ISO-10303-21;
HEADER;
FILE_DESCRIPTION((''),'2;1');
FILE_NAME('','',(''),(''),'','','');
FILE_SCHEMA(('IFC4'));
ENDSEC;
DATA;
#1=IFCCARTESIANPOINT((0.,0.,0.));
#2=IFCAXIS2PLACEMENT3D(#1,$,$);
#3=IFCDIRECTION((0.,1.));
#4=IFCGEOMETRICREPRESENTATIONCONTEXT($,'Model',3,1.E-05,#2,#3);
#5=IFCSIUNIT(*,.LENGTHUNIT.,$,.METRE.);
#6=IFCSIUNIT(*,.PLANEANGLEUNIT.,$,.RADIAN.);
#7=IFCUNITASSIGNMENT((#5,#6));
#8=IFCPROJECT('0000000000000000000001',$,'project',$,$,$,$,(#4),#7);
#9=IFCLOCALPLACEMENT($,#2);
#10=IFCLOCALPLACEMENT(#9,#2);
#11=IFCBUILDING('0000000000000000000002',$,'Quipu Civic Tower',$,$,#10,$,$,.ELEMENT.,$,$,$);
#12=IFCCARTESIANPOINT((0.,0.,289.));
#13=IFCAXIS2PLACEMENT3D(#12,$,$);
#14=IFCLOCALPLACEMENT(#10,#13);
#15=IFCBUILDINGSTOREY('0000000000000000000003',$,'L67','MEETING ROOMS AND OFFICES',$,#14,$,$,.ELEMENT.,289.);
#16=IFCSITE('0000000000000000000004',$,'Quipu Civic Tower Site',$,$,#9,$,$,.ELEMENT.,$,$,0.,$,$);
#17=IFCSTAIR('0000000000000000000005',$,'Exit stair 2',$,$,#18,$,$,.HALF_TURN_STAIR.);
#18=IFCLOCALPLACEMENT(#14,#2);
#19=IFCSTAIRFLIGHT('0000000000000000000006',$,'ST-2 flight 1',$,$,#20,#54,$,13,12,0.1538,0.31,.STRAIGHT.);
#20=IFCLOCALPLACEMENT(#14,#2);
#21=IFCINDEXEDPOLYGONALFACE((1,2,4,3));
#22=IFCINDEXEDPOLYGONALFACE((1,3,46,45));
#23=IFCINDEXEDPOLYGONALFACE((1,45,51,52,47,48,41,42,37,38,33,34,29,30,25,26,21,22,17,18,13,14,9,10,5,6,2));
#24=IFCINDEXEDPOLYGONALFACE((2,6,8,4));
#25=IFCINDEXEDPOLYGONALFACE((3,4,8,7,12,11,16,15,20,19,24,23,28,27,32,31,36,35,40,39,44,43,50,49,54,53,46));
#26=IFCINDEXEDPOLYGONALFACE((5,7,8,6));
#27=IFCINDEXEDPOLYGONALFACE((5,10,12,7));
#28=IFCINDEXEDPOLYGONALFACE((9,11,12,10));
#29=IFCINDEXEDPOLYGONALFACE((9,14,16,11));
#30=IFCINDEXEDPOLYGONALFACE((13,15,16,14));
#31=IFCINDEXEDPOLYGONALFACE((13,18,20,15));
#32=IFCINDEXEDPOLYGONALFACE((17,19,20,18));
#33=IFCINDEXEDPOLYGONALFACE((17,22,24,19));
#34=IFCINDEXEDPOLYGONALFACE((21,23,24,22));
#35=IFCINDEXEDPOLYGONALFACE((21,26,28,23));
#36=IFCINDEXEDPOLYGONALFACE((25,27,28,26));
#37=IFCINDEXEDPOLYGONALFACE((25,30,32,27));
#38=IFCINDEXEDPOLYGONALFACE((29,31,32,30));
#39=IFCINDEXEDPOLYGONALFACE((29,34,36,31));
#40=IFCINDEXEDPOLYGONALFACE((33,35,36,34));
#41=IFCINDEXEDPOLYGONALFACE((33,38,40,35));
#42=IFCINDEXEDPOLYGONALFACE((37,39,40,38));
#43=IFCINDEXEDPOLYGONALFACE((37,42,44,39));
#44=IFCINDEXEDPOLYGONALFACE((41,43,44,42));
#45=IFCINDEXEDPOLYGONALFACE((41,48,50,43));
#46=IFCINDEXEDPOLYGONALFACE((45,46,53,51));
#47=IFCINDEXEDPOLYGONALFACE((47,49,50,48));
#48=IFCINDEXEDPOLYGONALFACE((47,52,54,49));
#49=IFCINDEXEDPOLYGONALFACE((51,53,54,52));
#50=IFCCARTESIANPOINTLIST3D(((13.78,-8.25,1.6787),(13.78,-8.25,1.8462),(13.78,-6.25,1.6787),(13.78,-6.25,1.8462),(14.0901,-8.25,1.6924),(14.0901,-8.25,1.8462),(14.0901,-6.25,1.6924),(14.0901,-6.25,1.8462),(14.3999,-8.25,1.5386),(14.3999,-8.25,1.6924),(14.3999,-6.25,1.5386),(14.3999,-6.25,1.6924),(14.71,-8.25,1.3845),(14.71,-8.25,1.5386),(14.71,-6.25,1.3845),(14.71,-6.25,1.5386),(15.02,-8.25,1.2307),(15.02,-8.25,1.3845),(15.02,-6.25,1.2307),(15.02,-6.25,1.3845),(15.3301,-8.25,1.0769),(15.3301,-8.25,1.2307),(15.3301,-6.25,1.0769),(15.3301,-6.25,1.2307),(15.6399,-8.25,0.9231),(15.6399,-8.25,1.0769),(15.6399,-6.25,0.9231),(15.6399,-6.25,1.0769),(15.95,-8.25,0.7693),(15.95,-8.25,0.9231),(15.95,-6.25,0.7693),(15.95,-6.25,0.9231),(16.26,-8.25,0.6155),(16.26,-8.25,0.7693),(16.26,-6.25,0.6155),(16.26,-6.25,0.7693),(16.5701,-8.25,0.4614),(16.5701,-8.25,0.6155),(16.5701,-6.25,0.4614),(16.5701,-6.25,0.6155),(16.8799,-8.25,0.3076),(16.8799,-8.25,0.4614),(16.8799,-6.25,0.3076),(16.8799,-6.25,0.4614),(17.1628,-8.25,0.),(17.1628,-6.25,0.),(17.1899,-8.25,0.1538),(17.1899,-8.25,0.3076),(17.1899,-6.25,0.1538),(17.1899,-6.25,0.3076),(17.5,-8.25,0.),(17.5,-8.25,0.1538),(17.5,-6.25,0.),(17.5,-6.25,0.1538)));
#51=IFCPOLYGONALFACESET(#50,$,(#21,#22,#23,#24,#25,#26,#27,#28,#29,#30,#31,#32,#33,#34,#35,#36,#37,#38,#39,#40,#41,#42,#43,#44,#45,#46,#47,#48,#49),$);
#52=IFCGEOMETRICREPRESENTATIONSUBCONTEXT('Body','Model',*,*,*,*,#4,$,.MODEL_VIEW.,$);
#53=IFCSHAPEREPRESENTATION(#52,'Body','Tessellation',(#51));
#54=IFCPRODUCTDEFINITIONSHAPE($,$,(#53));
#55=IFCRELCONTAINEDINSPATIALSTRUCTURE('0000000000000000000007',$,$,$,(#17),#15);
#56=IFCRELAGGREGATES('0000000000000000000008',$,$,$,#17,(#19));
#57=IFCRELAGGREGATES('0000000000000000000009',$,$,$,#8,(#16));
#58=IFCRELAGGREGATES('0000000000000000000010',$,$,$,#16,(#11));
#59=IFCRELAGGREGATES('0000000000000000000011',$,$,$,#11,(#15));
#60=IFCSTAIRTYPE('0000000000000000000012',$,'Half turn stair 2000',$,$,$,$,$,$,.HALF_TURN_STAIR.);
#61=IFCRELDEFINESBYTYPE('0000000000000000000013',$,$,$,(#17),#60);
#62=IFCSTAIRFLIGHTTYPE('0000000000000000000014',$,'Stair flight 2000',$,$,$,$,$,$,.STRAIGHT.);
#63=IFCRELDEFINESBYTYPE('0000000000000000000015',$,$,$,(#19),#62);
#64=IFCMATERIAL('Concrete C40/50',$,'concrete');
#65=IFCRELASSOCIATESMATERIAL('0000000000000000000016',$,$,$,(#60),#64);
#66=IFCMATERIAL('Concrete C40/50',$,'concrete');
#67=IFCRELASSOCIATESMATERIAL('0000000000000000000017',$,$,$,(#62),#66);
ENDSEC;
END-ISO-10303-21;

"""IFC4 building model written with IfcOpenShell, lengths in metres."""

from ifc_helpers import new_model, si_unit, direction, frame, origin, place, context, subcontext, project, spatial, polyline, outline, extrude, material, type_object, element, aggregate, save


model = new_model("IFC4")

# Units and contexts
model_context = context("Model", 3, precision=1e-05, world=origin(), true_north=direction((0.0, 1.0)))
body_context = subcontext(model_context, "Body", "Model", "MODEL_VIEW")
ifc_project = project(units=[si_unit("LENGTHUNIT", "METRE"), si_unit("PLANEANGLEUNIT", "RADIAN")], contexts=[model_context])

# Site, building, storey
site_placement = place(None, origin())
site = spatial("IfcSite", under=ifc_project, at=site_placement, Name="Quipu Civic Tower Site", CompositionType="ELEMENT", RefElevation=0.0)
building_placement = place(site_placement, origin())
building = spatial("IfcBuilding", under=site, at=building_placement, Name="Quipu Civic Tower", CompositionType="ELEMENT")
storey_placement = place(building_placement, frame((0.0, 0.0, 289.0)))
storey = spatial("IfcBuildingStorey", under=building, at=storey_placement, Name="L67", Description="MEETING ROOMS AND OFFICES", CompositionType="ELEMENT", Elevation=289.0)

# Stair, stair flight
ifc_material_1 = material(Name="Concrete C40/50", Category="concrete")
stair_type = type_object("IfcStairType", Name="Half turn stair 2000", PredefinedType="HALF_TURN_STAIR", material=ifc_material_1)
stair_placement = place(storey_placement, origin())
stair = element("IfcStair", 1, at=stair_placement, inside=storey, type_object=stair_type, Name="Exit stair 2", PredefinedType="HALF_TURN_STAIR")
ifc_material_2 = material(Name="Concrete C40/50", Category="concrete")
stair_flight_type = type_object("IfcStairFlightType", Name="Stair flight 2000", PredefinedType="STRAIGHT", material=ifc_material_2)
stair_flight_placement = place(storey_placement, frame((17.5, -7.25, 0.0), z_axis=(0.0, 0.0, 1.0), x_axis=(-1.0, 0.0, 0.0)))
stair_flight = element("IfcStairFlight", 2, at=stair_flight_placement, type_object=stair_flight_type, Name="ST-2 flight 1", NumberOfRisers=13, NumberOfTreads=12, PredefinedType="STRAIGHT", RiserHeight=0.1538, TreadLength=0.31, context=body_context, shape_type="SweptSolid", body=[
    extrude(outline(polyline([(0.0, 0.0), (0.0, 0.1538), (0.3101, 0.1538), (0.3101, 0.3076), (0.6201, 0.3076), (0.6201, 0.4614), (0.9299, 0.4614), (0.9299, 0.6155), (1.24, 0.6155), (1.24, 0.7693), (1.55, 0.7693), (1.55, 0.9231), (1.8601, 0.9231), (1.8601, 1.0769), (2.1699, 1.0769), (2.1699, 1.2307), (2.48, 1.2307), (2.48, 1.3845), (2.79, 1.3845), (2.79, 1.5386), (3.1001, 1.5386), (3.1001, 1.6924), (3.4099, 1.6924), (3.4099, 1.8462), (3.72, 1.8462), (3.72, 2.0), (3.72, 1.6787), (0.3372, 0.0), (0.0, 0.0)])), frame((0.0, 1.0, 0.0), z_axis=(0.0, -1.0, 0.0), x_axis=(1.0, 0.0, 0.0)), (0.0, 0.0, 1.0), 2.0),
])
aggregate(stair, [stair_flight])

save(model, "model.ifc")
